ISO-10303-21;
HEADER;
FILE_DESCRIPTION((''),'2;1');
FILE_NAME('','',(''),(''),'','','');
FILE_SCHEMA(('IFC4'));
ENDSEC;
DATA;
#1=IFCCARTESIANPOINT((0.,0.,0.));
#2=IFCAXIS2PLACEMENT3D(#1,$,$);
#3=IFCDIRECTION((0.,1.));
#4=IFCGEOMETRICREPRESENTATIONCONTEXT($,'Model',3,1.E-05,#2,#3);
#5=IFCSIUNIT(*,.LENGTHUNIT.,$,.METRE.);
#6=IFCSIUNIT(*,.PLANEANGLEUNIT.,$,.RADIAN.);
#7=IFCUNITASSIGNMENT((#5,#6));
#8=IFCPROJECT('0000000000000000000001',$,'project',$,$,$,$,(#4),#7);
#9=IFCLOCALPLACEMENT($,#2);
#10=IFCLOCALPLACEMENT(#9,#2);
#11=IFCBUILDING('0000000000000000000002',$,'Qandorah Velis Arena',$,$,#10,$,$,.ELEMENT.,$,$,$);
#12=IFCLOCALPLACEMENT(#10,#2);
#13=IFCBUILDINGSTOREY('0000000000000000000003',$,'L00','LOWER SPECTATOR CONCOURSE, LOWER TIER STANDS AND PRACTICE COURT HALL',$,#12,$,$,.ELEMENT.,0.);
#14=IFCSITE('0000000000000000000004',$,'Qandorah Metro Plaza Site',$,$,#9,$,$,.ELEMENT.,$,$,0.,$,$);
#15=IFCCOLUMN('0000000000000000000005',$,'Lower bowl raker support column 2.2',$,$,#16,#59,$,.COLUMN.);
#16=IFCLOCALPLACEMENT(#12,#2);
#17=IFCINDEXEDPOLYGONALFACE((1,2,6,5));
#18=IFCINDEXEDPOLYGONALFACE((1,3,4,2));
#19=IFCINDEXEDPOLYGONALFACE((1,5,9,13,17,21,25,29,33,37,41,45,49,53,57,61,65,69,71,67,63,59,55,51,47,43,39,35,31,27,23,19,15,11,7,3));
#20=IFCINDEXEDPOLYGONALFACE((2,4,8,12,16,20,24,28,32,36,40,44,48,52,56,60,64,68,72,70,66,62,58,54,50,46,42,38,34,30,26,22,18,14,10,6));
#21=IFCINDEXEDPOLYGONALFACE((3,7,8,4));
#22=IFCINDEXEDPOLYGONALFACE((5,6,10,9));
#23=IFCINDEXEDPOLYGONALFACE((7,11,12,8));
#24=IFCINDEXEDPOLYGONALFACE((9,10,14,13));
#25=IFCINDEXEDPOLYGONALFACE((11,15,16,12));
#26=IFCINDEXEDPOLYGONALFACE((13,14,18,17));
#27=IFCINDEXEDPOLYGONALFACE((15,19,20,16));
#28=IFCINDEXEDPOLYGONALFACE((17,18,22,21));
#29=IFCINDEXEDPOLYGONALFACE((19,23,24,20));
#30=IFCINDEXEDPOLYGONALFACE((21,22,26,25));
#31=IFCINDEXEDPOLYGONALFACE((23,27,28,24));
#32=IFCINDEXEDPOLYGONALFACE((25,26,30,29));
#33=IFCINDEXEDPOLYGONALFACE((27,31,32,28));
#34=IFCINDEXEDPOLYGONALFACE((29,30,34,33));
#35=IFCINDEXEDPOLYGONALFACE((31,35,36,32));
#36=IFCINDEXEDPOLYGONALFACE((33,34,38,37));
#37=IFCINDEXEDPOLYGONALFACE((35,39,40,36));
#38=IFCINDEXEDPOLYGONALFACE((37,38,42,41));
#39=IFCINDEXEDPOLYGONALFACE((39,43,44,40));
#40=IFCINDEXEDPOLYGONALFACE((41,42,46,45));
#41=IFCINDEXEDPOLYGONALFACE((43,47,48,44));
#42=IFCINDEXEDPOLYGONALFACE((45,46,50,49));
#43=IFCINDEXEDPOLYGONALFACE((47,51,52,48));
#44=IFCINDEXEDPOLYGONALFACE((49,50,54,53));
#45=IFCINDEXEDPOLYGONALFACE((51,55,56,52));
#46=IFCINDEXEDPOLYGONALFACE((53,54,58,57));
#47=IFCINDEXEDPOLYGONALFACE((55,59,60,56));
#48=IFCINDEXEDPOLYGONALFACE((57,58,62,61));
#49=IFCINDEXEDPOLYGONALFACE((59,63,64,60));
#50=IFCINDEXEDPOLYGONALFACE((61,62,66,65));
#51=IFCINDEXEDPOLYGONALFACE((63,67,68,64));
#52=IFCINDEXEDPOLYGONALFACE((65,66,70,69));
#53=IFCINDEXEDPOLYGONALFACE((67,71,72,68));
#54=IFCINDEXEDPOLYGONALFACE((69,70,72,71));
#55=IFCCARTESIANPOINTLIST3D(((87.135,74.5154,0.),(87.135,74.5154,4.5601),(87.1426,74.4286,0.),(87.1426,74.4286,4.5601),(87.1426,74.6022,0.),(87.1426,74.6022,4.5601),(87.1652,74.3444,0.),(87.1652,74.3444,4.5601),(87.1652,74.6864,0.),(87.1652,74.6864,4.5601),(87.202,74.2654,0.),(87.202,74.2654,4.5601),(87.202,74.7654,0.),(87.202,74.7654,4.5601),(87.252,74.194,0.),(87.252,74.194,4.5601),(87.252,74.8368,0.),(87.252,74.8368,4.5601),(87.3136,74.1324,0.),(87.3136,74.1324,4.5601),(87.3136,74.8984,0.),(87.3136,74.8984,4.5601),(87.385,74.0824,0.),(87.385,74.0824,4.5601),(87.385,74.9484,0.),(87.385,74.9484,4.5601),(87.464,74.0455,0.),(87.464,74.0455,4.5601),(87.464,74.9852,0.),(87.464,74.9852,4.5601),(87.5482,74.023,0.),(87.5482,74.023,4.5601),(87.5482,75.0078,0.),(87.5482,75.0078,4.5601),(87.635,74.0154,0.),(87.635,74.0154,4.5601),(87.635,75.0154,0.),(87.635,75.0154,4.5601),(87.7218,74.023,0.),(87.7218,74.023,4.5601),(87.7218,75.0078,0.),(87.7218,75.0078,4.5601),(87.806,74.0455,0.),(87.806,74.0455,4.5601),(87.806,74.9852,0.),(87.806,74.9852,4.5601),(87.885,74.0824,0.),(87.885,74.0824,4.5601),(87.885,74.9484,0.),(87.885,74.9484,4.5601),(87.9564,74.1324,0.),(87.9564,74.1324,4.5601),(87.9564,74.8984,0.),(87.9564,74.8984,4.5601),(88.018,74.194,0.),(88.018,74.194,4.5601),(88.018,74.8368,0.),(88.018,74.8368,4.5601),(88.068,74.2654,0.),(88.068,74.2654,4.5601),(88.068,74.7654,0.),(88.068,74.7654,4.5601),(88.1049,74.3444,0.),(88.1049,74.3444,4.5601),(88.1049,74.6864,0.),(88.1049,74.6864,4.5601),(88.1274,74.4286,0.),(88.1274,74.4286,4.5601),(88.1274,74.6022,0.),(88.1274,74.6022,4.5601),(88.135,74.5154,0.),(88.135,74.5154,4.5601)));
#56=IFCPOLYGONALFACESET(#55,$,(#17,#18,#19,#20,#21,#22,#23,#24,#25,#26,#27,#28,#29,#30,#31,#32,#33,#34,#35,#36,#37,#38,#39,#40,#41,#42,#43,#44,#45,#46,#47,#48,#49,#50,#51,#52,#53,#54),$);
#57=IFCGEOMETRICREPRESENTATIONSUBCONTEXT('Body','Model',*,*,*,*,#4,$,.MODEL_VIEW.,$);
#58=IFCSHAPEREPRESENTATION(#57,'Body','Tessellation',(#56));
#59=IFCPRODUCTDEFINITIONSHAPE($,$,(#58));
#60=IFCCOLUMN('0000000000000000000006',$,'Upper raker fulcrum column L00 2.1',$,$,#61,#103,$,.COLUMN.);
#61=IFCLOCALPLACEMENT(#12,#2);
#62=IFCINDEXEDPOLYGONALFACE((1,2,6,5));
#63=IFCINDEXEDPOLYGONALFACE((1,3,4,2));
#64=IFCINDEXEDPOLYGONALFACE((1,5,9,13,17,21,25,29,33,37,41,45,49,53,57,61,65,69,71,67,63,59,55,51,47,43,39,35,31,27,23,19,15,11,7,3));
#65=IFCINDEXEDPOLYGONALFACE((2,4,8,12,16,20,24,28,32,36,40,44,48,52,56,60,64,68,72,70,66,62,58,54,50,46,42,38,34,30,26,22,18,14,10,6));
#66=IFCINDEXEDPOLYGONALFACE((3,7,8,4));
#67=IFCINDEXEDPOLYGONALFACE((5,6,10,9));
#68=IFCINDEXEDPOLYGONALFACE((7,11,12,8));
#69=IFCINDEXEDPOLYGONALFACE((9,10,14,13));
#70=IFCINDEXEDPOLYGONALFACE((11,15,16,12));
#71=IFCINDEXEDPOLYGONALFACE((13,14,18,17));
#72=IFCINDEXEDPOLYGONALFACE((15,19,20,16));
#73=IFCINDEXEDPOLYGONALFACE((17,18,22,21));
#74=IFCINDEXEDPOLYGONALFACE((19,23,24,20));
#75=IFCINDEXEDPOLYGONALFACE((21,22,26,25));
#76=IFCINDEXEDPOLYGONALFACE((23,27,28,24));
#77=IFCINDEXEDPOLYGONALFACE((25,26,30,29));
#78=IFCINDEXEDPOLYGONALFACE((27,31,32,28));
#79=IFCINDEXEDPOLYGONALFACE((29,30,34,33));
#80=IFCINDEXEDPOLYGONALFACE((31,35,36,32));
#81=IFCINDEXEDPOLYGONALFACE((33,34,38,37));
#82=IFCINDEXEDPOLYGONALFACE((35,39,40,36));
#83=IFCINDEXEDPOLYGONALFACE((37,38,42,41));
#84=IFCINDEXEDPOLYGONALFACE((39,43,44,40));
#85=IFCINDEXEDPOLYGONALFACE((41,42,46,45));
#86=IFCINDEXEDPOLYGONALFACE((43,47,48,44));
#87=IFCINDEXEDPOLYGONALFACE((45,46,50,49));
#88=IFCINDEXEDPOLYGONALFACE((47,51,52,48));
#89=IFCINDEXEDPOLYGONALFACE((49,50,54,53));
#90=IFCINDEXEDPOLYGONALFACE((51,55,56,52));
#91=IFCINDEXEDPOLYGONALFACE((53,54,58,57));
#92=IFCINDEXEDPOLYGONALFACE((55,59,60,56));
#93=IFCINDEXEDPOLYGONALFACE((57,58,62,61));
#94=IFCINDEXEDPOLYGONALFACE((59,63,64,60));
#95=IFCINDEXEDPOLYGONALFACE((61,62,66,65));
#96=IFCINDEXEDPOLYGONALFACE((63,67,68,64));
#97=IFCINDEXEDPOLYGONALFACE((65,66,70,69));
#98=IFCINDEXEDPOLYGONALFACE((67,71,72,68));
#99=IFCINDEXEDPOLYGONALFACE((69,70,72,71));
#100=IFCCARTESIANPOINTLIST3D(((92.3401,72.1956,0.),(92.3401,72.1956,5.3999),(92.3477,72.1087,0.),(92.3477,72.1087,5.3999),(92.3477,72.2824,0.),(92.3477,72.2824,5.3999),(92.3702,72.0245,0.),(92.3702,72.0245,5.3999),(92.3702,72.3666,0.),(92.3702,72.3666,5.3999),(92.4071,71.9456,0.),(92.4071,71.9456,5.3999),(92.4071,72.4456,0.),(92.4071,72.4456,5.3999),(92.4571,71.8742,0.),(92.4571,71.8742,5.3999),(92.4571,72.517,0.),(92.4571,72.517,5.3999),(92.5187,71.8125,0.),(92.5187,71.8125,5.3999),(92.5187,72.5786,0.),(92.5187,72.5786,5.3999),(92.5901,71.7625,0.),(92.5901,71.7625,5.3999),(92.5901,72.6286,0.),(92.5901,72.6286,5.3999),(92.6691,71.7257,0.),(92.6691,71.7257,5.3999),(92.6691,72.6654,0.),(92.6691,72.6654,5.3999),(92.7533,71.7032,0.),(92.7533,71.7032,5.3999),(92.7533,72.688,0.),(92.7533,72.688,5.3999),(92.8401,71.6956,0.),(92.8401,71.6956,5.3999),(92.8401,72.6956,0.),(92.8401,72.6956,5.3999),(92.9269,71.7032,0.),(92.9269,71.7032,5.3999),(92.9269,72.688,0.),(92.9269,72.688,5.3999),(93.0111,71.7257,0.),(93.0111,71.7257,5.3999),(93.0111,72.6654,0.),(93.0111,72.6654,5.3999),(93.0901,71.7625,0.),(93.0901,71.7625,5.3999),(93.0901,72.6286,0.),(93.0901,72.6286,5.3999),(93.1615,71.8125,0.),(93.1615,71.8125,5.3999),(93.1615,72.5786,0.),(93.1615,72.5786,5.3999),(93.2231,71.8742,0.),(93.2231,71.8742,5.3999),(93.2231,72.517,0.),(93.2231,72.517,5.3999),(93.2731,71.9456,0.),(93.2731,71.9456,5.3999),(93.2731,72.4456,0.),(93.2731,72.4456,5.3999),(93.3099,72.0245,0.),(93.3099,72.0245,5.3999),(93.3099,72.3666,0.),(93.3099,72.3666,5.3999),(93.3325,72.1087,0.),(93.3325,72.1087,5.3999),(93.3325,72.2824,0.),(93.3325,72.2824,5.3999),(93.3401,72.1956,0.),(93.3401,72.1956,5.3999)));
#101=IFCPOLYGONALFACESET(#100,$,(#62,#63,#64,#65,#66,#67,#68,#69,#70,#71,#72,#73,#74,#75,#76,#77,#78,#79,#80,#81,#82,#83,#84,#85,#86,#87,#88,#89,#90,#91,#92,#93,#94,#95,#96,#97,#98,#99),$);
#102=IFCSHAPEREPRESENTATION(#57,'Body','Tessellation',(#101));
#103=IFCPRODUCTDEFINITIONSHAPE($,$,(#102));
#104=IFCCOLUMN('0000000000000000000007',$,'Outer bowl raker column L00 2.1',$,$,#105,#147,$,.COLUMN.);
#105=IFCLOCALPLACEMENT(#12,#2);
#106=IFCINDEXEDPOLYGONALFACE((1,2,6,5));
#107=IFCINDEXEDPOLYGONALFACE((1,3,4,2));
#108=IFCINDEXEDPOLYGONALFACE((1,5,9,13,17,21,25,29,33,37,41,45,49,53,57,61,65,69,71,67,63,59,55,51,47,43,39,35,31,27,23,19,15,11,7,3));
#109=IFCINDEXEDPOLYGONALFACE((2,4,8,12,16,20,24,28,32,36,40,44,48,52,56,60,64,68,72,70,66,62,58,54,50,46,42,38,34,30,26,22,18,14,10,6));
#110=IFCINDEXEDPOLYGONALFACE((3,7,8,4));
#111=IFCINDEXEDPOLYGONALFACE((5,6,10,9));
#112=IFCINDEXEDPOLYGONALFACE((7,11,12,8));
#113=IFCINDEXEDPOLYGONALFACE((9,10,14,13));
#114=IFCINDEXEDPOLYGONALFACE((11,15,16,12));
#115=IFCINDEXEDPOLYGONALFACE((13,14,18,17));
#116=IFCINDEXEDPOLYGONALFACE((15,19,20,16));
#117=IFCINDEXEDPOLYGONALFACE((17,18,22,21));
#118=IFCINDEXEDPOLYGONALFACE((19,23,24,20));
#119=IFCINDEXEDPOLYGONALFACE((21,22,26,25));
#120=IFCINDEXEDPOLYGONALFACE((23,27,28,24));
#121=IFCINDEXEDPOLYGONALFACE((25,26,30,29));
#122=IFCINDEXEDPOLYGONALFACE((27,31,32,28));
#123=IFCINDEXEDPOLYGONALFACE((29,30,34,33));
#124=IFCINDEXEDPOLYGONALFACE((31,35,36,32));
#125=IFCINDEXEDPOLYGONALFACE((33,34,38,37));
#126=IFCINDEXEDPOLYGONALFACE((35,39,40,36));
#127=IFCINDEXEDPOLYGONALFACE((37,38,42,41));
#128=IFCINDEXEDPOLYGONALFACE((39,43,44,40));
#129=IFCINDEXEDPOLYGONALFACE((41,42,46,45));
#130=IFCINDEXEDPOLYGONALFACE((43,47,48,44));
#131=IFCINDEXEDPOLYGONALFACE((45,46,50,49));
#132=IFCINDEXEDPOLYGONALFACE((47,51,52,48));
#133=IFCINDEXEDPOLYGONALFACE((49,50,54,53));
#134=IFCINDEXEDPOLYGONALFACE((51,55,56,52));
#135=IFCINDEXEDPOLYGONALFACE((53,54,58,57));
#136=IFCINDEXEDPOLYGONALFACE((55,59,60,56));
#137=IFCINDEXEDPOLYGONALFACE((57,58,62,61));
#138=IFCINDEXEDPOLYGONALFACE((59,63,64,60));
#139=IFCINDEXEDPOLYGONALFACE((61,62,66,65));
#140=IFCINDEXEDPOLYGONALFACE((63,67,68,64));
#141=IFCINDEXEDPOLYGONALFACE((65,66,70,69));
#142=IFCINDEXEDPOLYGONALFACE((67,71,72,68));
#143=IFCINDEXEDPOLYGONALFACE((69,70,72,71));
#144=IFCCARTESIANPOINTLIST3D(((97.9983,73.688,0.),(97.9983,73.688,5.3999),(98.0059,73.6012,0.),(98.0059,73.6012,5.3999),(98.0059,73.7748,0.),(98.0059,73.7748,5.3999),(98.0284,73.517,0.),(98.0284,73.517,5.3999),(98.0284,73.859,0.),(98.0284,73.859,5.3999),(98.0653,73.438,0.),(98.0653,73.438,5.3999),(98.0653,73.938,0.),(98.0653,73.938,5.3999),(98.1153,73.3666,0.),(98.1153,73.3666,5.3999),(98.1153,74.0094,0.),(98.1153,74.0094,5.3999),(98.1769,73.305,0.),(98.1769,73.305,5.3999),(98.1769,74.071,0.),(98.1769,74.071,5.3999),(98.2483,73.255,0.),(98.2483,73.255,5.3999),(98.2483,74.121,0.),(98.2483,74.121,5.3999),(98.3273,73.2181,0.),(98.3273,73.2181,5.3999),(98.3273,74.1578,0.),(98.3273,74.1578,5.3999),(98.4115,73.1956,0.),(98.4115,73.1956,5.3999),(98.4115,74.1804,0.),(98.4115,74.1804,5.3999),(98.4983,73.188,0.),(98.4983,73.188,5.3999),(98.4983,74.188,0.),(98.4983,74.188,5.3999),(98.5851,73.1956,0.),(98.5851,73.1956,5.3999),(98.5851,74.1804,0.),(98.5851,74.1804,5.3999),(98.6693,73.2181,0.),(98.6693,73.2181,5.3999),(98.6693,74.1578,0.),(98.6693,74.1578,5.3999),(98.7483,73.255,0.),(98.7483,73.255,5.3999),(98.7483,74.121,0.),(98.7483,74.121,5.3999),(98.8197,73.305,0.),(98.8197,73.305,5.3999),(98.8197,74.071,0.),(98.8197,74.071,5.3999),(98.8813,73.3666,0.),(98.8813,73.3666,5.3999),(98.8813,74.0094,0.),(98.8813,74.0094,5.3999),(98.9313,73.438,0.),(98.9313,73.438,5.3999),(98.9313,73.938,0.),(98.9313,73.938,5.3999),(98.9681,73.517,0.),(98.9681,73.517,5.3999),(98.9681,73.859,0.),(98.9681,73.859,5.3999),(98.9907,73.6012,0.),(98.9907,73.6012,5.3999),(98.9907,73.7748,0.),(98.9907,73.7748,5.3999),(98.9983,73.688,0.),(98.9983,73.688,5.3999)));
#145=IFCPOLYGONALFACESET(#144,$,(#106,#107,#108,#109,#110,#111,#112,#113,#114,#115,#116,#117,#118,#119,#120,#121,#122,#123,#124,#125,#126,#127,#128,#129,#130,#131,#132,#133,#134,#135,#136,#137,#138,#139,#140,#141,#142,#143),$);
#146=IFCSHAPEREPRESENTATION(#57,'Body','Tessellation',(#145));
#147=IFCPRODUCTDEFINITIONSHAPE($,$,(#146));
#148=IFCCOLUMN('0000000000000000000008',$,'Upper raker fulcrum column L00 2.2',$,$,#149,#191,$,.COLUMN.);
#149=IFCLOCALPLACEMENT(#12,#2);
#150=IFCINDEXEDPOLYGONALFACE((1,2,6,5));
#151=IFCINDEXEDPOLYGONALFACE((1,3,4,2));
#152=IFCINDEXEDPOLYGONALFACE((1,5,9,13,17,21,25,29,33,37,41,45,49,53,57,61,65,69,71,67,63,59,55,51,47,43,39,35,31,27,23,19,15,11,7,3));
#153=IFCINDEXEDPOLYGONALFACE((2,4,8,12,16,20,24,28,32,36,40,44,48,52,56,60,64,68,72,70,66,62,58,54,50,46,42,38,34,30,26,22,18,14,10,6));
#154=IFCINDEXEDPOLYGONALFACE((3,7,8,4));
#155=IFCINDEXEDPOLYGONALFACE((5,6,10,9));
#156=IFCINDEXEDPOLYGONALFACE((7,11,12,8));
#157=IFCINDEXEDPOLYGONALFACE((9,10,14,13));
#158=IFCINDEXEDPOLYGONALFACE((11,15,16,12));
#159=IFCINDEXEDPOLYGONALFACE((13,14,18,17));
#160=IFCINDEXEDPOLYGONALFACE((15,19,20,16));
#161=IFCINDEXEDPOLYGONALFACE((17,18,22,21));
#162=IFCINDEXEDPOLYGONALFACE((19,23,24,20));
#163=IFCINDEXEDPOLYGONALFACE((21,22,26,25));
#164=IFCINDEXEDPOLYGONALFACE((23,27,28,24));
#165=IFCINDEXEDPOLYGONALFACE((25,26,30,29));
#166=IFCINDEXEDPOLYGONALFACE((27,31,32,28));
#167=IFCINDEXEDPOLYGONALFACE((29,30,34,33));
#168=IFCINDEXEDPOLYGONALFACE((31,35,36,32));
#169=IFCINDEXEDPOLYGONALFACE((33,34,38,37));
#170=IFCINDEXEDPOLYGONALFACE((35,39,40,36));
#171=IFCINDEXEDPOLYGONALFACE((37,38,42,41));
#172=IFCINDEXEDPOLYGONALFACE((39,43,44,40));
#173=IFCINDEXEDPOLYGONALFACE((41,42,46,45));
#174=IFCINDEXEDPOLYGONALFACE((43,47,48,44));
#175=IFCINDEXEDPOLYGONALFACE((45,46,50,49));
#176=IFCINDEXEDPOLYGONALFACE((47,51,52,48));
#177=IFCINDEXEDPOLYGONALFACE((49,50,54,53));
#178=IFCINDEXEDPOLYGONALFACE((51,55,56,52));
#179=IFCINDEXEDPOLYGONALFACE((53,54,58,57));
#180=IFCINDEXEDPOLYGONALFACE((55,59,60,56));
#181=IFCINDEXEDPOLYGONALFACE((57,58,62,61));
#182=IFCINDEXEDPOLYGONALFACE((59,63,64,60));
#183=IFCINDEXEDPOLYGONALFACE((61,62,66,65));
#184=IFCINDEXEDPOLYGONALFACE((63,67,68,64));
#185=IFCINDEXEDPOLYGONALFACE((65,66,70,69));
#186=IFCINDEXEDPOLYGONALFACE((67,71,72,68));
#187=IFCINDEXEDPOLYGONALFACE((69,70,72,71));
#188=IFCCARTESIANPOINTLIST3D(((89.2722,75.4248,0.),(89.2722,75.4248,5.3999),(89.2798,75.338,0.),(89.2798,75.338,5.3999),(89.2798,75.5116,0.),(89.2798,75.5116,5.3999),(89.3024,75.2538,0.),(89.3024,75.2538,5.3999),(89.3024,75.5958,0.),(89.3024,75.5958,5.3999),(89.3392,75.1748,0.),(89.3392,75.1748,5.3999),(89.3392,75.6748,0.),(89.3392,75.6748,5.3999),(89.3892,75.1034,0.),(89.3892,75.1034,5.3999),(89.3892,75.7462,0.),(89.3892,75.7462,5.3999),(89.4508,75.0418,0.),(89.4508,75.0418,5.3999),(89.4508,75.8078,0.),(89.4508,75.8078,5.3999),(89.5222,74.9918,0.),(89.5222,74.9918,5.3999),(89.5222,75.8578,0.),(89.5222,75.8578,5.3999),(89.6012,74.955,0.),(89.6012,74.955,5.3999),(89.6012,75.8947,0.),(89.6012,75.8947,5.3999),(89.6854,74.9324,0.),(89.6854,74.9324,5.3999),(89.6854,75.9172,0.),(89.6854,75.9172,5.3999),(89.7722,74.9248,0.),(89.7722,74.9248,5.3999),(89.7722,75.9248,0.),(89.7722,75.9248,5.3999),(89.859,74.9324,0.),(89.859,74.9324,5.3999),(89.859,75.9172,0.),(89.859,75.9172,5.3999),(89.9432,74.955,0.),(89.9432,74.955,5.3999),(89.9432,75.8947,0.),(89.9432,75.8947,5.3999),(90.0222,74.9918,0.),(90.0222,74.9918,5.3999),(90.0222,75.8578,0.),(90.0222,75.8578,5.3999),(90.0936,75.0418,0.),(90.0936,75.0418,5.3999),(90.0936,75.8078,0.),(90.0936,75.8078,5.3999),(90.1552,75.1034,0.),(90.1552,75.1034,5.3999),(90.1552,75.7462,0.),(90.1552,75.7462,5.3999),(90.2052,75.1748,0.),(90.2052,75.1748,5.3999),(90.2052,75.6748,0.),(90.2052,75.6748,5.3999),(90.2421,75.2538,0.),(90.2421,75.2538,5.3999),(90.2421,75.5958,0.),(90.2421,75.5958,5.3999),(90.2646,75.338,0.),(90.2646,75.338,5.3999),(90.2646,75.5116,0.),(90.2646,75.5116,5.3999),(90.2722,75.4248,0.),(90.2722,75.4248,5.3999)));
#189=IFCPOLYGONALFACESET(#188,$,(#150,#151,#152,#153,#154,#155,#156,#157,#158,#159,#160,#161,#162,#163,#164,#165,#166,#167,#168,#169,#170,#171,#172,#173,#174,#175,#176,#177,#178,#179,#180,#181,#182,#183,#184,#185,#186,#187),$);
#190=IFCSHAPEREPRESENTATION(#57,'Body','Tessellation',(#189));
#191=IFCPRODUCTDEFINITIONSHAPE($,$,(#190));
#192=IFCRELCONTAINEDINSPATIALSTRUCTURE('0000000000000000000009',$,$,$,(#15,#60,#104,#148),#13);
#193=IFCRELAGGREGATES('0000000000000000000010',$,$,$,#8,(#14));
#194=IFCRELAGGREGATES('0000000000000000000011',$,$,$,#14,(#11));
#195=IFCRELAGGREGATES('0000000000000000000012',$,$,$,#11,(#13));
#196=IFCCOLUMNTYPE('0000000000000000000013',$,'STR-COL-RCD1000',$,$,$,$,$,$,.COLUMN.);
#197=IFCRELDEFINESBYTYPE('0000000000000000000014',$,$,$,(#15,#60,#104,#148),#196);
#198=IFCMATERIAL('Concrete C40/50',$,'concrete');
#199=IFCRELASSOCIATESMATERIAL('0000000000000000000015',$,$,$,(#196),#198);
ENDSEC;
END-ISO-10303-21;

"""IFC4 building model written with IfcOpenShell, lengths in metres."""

from ifc_helpers import new_model, si_unit, direction, frame, origin, origin_2d, place, context, subcontext, project, spatial, circle, extrude, material, material_profile, profile_set, type_object, element, save


model = new_model("IFC4")

# Units and contexts
model_context = context("Model", 3, precision=1e-05, world=origin(), true_north=direction((0.0, 1.0)))
body_context = subcontext(model_context, "Body", "Model", "MODEL_VIEW")
ifc_project = project(units=[si_unit("LENGTHUNIT", "METRE"), si_unit("PLANEANGLEUNIT", "RADIAN")], contexts=[model_context])

# Site, building, storey
site_placement = place(None, origin())
site = spatial("IfcSite", under=ifc_project, at=site_placement, Name="Qandorah Metro Plaza Site", CompositionType="ELEMENT", RefElevation=0.0)
building_placement = place(site_placement, origin())
building = spatial("IfcBuilding", under=site, at=building_placement, Name="Qandorah Velis Arena", CompositionType="ELEMENT")
storey_placement = place(building_placement, origin())
storey = spatial("IfcBuildingStorey", under=building, at=storey_placement, Name="L00", Description="LOWER SPECTATOR CONCOURSE, LOWER TIER STANDS AND PRACTICE COURT HALL", CompositionType="ELEMENT", Elevation=0.0)

# Columns
ifc_material_1 = material(Name="Concrete C40/50", Category="concrete")
ifc_material_profile_1 = material_profile(ifc_material_1, circle(Radius=0.5, at=origin_2d()), Name="RC D1000")
ifc_profile_set_1 = profile_set([ifc_material_profile_1], Name="Concrete C40/50")
column_type_1 = type_object("IfcColumnType", Name="STR-COL-RCD1000", PredefinedType="COLUMN", material=ifc_profile_set_1)
column_1_placement = place(storey_placement, frame((87.635, 74.5154, 0.0), z_axis=(0.0, 0.0, 1.0), x_axis=(1.0, 0.0, 0.0)))
element("IfcColumn", 1, at=column_1_placement, inside=storey, type_object=column_type_1, Name="Lower bowl raker support column 2.2", PredefinedType="COLUMN", context=body_context, shape_type="SweptSolid", body=[
    extrude(circle(Radius=0.5, at=origin_2d()), origin(), (0.0, 0.0, 1.0), 4.5601),
])
for number, where, z_axis, x_axis, name in (
    (2, (92.8401, 72.1956, 0.0), (0.0, 0.0, 1.0), (1.0, 0.0, 0.0), "Upper raker fulcrum column L00 2.1"),
    (3, (98.4983, 73.688, 0.0), (0.0, 0.0, 1.0), (1.0, 0.0, 0.0), "Outer bowl raker column L00 2.1"),
    (4, (89.7722, 75.4248, 0.0), (0.0, 0.0, 1.0), (1.0, 0.0, 0.0), "Upper raker fulcrum column L00 2.2"),
):
    element("IfcColumn", number, at=place(storey_placement, frame(where, z_axis=z_axis, x_axis=x_axis)), inside=storey, type_object=column_type_1, Name=name, PredefinedType="COLUMN", context=body_context, shape_type="SweptSolid", body=[
        extrude(circle(Radius=0.5, at=origin_2d()), origin(), (0.0, 0.0, 1.0), 5.3999),
    ])

save(model, "model.ifc")
